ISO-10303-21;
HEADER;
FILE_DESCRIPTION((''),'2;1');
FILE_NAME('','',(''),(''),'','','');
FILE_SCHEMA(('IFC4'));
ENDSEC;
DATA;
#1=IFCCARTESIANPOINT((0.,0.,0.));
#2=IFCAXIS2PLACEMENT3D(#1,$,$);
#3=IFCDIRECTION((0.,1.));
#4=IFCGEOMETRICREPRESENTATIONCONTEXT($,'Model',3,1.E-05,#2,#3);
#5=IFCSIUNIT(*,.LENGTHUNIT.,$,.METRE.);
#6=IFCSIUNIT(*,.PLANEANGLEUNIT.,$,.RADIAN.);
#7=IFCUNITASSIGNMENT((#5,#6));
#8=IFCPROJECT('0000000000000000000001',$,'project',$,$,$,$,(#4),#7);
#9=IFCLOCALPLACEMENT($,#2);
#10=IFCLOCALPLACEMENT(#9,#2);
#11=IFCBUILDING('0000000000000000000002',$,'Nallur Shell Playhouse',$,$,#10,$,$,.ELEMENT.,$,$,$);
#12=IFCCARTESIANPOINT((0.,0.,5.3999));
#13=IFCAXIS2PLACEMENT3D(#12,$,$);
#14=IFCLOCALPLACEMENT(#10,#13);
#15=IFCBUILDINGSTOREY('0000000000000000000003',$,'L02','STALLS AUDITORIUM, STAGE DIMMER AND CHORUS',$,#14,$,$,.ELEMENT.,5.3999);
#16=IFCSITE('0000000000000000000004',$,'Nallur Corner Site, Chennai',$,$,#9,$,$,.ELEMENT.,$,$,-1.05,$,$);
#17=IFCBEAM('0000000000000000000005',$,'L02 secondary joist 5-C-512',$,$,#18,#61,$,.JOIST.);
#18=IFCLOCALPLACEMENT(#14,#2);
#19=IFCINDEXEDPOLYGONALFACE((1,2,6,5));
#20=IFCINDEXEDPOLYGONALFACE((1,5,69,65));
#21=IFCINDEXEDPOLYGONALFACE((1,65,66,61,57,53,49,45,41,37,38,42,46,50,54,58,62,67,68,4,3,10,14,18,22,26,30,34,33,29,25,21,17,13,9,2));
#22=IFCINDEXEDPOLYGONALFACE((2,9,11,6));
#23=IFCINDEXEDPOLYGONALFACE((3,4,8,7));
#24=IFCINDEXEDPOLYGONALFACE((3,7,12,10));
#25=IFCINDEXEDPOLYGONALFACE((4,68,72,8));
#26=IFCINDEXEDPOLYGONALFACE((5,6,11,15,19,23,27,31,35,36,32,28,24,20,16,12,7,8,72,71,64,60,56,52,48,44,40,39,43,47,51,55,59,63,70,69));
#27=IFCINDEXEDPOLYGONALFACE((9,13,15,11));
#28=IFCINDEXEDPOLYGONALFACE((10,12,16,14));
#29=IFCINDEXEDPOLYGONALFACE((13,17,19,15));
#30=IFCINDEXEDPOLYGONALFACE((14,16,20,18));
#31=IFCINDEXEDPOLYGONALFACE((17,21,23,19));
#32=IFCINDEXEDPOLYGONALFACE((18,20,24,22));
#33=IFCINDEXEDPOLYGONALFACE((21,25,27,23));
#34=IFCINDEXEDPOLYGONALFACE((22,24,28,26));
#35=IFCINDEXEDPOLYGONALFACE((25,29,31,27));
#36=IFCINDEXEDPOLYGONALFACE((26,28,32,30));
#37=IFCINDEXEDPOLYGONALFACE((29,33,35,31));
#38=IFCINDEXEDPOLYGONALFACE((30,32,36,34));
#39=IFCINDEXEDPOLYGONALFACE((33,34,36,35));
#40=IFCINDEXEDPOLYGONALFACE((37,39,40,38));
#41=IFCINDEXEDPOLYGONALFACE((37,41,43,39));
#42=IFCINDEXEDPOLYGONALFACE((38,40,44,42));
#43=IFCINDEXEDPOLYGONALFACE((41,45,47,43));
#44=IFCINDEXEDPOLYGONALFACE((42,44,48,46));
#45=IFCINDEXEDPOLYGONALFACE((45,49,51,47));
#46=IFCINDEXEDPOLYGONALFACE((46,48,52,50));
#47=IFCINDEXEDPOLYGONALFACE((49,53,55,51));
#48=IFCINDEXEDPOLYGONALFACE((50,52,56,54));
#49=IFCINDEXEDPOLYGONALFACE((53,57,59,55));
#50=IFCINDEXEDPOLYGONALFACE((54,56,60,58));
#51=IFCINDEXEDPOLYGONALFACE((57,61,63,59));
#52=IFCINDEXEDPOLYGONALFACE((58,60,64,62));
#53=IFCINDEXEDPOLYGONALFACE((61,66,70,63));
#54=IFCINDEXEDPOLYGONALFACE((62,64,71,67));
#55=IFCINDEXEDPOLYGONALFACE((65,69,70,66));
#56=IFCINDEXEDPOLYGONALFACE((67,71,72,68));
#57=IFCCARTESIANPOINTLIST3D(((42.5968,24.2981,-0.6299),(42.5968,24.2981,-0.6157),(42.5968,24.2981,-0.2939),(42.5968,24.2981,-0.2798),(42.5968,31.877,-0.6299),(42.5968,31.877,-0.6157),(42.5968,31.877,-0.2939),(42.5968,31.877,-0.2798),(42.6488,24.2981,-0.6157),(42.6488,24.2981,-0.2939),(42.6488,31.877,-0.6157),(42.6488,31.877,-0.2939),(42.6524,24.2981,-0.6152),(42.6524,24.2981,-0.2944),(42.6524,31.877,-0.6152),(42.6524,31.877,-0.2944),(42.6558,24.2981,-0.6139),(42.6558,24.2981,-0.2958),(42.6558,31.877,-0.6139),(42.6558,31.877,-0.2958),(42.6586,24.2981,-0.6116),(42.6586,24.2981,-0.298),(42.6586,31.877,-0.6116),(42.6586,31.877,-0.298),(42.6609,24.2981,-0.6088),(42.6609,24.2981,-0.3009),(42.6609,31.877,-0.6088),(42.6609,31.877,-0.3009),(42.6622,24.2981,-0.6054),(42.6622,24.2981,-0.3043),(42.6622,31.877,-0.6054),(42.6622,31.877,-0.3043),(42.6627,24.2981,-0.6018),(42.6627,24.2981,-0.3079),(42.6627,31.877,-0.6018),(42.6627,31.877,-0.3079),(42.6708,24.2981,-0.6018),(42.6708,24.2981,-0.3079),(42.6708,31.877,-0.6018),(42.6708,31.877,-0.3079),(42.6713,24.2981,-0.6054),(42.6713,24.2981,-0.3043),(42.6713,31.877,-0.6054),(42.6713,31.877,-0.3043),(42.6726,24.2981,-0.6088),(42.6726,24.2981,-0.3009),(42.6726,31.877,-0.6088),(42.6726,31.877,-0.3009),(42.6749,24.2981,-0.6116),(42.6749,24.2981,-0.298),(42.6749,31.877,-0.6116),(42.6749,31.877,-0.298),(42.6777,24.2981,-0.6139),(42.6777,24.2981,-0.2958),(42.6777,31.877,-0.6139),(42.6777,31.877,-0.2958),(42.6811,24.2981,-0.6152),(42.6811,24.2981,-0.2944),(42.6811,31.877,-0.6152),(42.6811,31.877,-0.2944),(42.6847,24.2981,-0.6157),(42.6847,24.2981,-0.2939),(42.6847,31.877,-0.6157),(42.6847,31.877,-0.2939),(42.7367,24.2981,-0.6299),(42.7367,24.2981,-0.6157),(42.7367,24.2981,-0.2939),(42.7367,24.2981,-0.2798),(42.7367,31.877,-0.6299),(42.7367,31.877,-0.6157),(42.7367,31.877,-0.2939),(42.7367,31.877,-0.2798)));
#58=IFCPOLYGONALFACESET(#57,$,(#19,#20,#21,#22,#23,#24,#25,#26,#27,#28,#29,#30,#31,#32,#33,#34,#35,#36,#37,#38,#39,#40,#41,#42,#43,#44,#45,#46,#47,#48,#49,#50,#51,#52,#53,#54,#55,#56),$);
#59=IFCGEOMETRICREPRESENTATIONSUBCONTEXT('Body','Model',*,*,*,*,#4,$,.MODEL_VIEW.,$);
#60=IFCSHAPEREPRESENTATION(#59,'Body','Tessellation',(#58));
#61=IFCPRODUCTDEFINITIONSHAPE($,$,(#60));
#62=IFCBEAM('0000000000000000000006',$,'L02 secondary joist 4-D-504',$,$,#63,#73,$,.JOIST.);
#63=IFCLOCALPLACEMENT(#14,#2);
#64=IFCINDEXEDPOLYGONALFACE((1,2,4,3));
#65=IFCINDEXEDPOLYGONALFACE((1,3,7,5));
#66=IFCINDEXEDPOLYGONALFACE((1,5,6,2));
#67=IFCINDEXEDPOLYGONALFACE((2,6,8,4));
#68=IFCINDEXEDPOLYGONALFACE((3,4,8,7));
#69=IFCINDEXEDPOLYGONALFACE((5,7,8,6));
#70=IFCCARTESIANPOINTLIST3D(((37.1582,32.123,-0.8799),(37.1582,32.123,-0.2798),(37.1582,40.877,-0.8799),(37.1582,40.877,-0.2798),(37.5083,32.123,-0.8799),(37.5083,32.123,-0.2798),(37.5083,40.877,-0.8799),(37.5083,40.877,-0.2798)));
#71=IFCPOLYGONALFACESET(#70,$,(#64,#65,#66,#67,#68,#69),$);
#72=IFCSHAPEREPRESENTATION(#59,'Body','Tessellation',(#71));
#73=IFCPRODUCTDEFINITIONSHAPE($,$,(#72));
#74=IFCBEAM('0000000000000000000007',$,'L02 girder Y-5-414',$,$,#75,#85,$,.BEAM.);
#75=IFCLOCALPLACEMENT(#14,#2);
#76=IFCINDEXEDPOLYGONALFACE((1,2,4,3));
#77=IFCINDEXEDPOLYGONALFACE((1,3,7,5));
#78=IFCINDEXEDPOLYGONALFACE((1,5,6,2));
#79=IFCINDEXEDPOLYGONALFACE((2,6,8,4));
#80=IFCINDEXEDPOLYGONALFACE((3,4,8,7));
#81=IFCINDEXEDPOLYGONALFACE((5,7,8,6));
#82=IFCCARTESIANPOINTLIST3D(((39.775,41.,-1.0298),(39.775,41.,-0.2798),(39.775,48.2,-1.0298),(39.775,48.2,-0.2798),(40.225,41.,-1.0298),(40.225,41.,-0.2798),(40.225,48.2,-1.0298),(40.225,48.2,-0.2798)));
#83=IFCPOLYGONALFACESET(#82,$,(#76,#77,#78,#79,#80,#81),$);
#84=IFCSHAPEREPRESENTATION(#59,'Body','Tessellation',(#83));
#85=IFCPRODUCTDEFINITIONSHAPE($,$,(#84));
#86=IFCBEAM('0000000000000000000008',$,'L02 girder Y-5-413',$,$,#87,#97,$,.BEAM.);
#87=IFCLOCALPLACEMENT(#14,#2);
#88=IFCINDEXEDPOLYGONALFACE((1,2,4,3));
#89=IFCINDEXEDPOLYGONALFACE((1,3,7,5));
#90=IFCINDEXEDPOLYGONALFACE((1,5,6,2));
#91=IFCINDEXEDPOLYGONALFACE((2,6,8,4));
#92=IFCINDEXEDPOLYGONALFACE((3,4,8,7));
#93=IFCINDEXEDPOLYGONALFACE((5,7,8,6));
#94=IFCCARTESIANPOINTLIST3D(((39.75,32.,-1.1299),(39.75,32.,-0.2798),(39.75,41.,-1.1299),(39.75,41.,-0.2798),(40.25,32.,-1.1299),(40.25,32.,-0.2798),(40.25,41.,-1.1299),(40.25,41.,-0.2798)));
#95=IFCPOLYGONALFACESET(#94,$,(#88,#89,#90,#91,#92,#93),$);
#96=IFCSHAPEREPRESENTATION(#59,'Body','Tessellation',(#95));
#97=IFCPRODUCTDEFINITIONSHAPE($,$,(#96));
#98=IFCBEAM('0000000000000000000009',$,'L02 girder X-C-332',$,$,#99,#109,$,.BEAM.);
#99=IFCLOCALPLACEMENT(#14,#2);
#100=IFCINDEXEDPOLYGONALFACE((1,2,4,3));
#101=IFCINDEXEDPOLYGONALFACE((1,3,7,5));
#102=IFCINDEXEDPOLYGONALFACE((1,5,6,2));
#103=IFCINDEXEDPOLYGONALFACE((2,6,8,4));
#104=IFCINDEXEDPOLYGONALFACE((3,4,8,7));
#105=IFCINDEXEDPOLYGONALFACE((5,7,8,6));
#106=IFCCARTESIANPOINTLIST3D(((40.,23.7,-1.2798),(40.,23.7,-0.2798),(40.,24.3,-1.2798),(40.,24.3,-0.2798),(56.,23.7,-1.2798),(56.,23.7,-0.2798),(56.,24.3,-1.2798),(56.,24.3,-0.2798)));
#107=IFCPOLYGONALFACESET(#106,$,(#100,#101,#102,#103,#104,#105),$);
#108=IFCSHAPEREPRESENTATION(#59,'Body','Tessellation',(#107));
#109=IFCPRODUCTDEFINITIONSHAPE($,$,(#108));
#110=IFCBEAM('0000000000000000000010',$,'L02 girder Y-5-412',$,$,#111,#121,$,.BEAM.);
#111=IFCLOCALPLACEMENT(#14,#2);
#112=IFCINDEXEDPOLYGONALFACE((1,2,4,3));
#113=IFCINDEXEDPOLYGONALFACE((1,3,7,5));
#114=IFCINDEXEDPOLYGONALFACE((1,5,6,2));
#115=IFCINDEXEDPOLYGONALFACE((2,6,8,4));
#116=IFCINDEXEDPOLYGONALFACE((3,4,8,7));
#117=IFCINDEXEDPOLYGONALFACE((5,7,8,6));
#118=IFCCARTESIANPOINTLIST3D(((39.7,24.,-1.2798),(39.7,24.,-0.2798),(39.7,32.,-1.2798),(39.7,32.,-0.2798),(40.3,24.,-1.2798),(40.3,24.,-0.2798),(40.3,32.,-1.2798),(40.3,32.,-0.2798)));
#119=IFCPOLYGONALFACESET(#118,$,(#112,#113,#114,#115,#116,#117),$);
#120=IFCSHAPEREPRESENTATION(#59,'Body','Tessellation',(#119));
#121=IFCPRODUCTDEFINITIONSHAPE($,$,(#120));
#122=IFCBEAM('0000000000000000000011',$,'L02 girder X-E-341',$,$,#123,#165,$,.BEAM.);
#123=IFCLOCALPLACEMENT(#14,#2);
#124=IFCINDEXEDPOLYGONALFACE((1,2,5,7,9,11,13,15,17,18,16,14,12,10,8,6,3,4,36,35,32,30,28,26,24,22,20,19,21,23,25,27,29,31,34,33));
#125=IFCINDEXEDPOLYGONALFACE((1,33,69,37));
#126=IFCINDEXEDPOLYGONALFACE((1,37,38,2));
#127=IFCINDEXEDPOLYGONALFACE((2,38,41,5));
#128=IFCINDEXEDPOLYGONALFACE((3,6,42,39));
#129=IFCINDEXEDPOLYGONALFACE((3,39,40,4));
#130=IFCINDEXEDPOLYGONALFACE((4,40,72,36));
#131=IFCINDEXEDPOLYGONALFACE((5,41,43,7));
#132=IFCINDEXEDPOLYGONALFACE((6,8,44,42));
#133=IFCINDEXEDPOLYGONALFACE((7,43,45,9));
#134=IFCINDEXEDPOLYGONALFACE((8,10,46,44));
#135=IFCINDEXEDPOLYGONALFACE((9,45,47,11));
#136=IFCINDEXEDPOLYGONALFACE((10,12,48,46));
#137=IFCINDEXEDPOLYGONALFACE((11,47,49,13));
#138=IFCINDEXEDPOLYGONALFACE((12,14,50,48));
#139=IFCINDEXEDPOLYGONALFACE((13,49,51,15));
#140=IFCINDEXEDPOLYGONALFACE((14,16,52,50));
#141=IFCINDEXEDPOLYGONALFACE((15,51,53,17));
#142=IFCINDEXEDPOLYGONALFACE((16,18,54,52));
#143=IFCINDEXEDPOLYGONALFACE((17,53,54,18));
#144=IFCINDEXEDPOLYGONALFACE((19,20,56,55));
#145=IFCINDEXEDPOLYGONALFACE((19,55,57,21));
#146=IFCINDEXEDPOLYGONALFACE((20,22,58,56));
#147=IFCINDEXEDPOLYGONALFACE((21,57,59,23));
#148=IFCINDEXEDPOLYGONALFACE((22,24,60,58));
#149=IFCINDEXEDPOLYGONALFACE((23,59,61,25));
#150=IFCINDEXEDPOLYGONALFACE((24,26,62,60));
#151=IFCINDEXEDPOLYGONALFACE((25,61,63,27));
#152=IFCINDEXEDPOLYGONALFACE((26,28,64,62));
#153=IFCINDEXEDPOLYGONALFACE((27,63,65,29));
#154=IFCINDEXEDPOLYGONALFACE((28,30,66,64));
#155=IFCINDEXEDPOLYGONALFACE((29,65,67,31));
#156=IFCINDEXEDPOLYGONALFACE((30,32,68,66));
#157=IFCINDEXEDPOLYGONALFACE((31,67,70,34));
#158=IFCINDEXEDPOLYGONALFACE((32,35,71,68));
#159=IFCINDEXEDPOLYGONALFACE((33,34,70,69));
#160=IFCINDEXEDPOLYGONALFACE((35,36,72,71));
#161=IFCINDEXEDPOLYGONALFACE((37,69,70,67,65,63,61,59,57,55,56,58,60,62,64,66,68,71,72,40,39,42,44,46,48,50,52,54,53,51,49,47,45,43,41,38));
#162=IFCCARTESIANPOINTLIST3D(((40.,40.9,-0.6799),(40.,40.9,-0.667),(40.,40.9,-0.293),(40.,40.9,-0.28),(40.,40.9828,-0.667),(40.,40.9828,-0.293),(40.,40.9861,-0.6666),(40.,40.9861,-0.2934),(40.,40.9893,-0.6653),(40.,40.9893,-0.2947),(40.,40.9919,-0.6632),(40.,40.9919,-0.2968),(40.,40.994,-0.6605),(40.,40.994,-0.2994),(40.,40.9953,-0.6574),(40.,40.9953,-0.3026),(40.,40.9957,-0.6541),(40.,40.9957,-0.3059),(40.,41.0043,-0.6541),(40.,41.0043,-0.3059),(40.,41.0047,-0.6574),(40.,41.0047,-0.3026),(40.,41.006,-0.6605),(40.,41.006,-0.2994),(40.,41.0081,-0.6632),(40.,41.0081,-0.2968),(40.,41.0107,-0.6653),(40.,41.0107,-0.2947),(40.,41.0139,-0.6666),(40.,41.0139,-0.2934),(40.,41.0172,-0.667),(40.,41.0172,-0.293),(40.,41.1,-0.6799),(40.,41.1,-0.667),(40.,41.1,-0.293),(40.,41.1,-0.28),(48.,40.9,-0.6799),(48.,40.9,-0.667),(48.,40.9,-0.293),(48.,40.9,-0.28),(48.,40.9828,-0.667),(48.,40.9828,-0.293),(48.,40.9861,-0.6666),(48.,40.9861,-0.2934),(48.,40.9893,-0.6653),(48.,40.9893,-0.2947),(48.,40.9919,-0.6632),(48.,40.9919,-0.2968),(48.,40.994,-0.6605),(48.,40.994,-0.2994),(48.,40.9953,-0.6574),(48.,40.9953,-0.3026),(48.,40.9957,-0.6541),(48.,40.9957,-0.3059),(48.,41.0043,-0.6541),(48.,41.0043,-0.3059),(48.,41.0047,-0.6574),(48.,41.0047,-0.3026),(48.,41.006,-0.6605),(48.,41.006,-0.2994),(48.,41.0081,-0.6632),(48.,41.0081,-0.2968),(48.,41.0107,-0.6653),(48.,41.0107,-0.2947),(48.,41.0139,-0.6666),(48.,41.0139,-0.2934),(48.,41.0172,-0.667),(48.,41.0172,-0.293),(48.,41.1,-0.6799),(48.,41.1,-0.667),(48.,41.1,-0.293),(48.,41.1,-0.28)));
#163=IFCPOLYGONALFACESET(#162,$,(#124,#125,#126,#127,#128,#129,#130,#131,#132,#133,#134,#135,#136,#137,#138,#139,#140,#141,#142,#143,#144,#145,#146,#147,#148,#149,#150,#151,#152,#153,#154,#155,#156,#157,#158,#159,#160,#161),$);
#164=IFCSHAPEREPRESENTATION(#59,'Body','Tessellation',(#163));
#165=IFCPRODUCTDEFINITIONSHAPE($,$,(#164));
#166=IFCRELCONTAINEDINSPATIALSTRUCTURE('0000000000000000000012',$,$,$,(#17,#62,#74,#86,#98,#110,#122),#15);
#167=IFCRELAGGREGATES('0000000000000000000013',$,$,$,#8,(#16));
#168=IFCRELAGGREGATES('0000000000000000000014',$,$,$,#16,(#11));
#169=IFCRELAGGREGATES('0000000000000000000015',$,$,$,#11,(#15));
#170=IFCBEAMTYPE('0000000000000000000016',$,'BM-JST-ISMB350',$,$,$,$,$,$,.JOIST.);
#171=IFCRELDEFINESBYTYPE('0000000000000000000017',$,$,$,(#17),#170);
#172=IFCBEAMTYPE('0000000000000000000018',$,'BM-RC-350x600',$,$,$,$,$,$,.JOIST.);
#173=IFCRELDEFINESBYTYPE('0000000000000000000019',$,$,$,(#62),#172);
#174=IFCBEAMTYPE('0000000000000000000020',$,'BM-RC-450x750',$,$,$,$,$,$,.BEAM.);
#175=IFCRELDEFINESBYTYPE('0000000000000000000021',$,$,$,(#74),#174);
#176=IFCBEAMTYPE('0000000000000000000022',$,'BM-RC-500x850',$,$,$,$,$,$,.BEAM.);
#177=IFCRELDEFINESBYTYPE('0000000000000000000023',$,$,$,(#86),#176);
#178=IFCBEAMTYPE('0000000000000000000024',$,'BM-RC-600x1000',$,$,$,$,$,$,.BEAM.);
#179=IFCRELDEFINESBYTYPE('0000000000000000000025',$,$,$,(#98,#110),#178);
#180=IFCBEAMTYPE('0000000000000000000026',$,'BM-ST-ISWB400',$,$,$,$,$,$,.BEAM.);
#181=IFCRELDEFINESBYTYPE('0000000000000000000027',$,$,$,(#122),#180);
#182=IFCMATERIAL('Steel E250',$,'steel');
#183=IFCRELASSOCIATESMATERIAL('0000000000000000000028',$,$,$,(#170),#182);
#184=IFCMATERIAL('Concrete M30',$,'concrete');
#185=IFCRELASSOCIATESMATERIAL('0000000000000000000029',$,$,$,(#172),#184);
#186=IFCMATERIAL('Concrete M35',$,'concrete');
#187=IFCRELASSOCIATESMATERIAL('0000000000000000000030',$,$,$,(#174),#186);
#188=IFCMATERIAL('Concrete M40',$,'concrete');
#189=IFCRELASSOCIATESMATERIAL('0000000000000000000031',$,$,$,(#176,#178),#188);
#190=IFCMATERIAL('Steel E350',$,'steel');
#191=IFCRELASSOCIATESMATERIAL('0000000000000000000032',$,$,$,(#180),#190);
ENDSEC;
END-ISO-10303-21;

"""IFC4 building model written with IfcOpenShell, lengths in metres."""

from ifc_helpers import new_model, si_unit, direction, frame, origin, origin_2d, place, context, subcontext, project, spatial, rectangle, i_section, extrude, material, material_profile, profile_set, type_object, element, save


model = new_model("IFC4")

# Units and contexts
model_context = context("Model", 3, precision=1e-05, world=origin(), true_north=direction((0.0, 1.0)))
body_context = subcontext(model_context, "Body", "Model", "MODEL_VIEW")
ifc_project = project(units=[si_unit("LENGTHUNIT", "METRE"), si_unit("PLANEANGLEUNIT", "RADIAN")], contexts=[model_context])

# Site, building, storey
site_placement = place(None, origin())
site = spatial("IfcSite", under=ifc_project, at=site_placement, Name="Nallur Corner Site, Chennai", CompositionType="ELEMENT", RefElevation=-1.05)
building_placement = place(site_placement, origin())
building = spatial("IfcBuilding", under=site, at=building_placement, Name="Nallur Shell Playhouse", CompositionType="ELEMENT")
storey_placement = place(building_placement, frame((0.0, 0.0, 5.3999)))
storey = spatial("IfcBuildingStorey", under=building, at=storey_placement, Name="L02", Description="STALLS AUDITORIUM, STAGE DIMMER AND CHORUS", CompositionType="ELEMENT", Elevation=5.3999)

# Shared definitions
ifc_material_1 = material(Name="Concrete M40", Category="concrete")

# Beams
ifc_material_2 = material(Name="Steel E250", Category="steel")
ifc_material_profile_1 = material_profile(ifc_material_2, i_section(OverallWidth=0.1399, OverallDepth=0.3501, WebThickness=0.0081, FlangeThickness=0.0142, FilletRadius=0.0139, at=origin_2d()), Name="ISMB 350")
ifc_profile_set_1 = profile_set([ifc_material_profile_1], Name="Steel E250")
beam_type_1 = type_object("IfcBeamType", Name="BM-JST-ISMB350", PredefinedType="JOIST", material=ifc_profile_set_1)
beam_1_placement = place(storey_placement, frame((42.6667, 24.2981, -0.4548), z_axis=(0.0, 1.0, 0.0), x_axis=(-1.0, 0.0, 0.0)))
element("IfcBeam", 1, at=beam_1_placement, inside=storey, type_object=beam_type_1, Name="L02 secondary joist 5-C-512", PredefinedType="JOIST", context=body_context, shape_type="SweptSolid", body=[
    extrude(i_section(OverallWidth=0.1399, OverallDepth=0.3501, WebThickness=0.0081, FlangeThickness=0.0142, FilletRadius=0.0139, at=origin_2d()), origin(), (0.0, 0.0, 1.0), 7.5789),
])
ifc_material_3 = material(Name="Concrete M30", Category="concrete")
ifc_material_profile_2 = material_profile(ifc_material_3, rectangle(XDim=0.3501, YDim=0.6001, at=origin_2d()), Name="RC 350x600")
ifc_profile_set_2 = profile_set([ifc_material_profile_2], Name="Concrete M30")
beam_type_2 = type_object("IfcBeamType", Name="BM-RC-350x600", PredefinedType="JOIST", material=ifc_profile_set_2)
beam_2_placement = place(storey_placement, frame((37.3333, 32.123, -0.5798), z_axis=(0.0, 1.0, 0.0), x_axis=(-1.0, 0.0, 0.0)))
element("IfcBeam", 2, at=beam_2_placement, inside=storey, type_object=beam_type_2, Name="L02 secondary joist 4-D-504", PredefinedType="JOIST", context=body_context, shape_type="SweptSolid", body=[
    extrude(rectangle(XDim=0.3501, YDim=0.6001, at=origin_2d()), origin(), (0.0, 0.0, 1.0), 8.7539),
])
ifc_material_4 = material(Name="Concrete M35", Category="concrete")
ifc_material_profile_3 = material_profile(ifc_material_4, rectangle(XDim=0.45, YDim=0.75, at=origin_2d()), Name="RC 450x750")
ifc_profile_set_3 = profile_set([ifc_material_profile_3], Name="Concrete M35")
beam_type_3 = type_object("IfcBeamType", Name="BM-RC-450x750", PredefinedType="BEAM", material=ifc_profile_set_3)
beam_3_placement = place(storey_placement, frame((40.0, 41.0, -0.6548), z_axis=(0.0, 1.0, 0.0), x_axis=(-1.0, 0.0, 0.0)))
element("IfcBeam", 3, at=beam_3_placement, inside=storey, type_object=beam_type_3, Name="L02 girder Y-5-414", PredefinedType="BEAM", context=body_context, shape_type="SweptSolid", body=[
    extrude(rectangle(XDim=0.45, YDim=0.75, at=origin_2d()), origin(), (0.0, 0.0, 1.0), 7.2),
])
ifc_material_profile_4 = material_profile(ifc_material_1, rectangle(XDim=0.5, YDim=0.8501, at=origin_2d()), Name="RC 500x850")
ifc_profile_set_4 = profile_set([ifc_material_profile_4], Name="Concrete M40")
beam_type_4 = type_object("IfcBeamType", Name="BM-RC-500x850", PredefinedType="BEAM", material=ifc_profile_set_4)
beam_4_placement = place(storey_placement, frame((40.0, 32.0, -0.7048), z_axis=(0.0, 1.0, 0.0), x_axis=(-1.0, 0.0, 0.0)))
element("IfcBeam", 4, at=beam_4_placement, inside=storey, type_object=beam_type_4, Name="L02 girder Y-5-413", PredefinedType="BEAM", context=body_context, shape_type="SweptSolid", body=[
    extrude(rectangle(XDim=0.5, YDim=0.8501, at=origin_2d()), origin(), (0.0, 0.0, 1.0), 9.0),
])
ifc_material_profile_5 = material_profile(ifc_material_1, rectangle(XDim=0.6001, YDim=1.0, at=origin_2d()), Name="RC 600x1000")
ifc_profile_set_5 = profile_set([ifc_material_profile_5], Name="Concrete M40")
beam_type_5 = type_object("IfcBeamType", Name="BM-RC-600x1000", PredefinedType="BEAM", material=ifc_profile_set_5)
beam_5_placement = place(storey_placement, frame((40.0, 24.0, -0.7798), z_axis=(1.0, 0.0, 0.0), x_axis=(0.0, 1.0, 0.0)))
element("IfcBeam", 5, at=beam_5_placement, inside=storey, type_object=beam_type_5, Name="L02 girder X-C-332", PredefinedType="BEAM", context=body_context, shape_type="SweptSolid", body=[
    extrude(rectangle(XDim=0.6001, YDim=1.0, at=origin_2d()), origin(), (0.0, 0.0, 1.0), 16.0),
])
beam_6_placement = place(storey_placement, frame((40.0, 24.0, -0.7798), z_axis=(0.0, 1.0, 0.0), x_axis=(-1.0, 0.0, 0.0)))
element("IfcBeam", 6, at=beam_6_placement, inside=storey, type_object=beam_type_5, Name="L02 girder Y-5-412", PredefinedType="BEAM", context=body_context, shape_type="SweptSolid", body=[
    extrude(rectangle(XDim=0.6001, YDim=1.0, at=origin_2d()), origin(), (0.0, 0.0, 1.0), 8.0),
])
ifc_material_5 = material(Name="Steel E350", Category="steel")
ifc_material_profile_6 = material_profile(ifc_material_5, i_section(OverallWidth=0.2, OverallDepth=0.3999, WebThickness=0.0085, FlangeThickness=0.0129, FilletRadius=0.0129, at=origin_2d()), Name="ISWB 400")
ifc_profile_set_6 = profile_set([ifc_material_profile_6], Name="Steel E350")
beam_type_6 = type_object("IfcBeamType", Name="BM-ST-ISWB400", PredefinedType="BEAM", material=ifc_profile_set_6)
beam_7_placement = place(storey_placement, frame((40.0, 41.0, -0.48), z_axis=(1.0, 0.0, 0.0), x_axis=(0.0, 1.0, 0.0)))
element("IfcBeam", 7, at=beam_7_placement, inside=storey, type_object=beam_type_6, Name="L02 girder X-E-341", PredefinedType="BEAM", context=body_context, shape_type="SweptSolid", body=[
    extrude(i_section(OverallWidth=0.2, OverallDepth=0.3999, WebThickness=0.0085, FlangeThickness=0.0129, FilletRadius=0.0129, at=origin_2d()), origin(), (0.0, 0.0, 1.0), 8.0),
])

save(model, "model.ifc")
